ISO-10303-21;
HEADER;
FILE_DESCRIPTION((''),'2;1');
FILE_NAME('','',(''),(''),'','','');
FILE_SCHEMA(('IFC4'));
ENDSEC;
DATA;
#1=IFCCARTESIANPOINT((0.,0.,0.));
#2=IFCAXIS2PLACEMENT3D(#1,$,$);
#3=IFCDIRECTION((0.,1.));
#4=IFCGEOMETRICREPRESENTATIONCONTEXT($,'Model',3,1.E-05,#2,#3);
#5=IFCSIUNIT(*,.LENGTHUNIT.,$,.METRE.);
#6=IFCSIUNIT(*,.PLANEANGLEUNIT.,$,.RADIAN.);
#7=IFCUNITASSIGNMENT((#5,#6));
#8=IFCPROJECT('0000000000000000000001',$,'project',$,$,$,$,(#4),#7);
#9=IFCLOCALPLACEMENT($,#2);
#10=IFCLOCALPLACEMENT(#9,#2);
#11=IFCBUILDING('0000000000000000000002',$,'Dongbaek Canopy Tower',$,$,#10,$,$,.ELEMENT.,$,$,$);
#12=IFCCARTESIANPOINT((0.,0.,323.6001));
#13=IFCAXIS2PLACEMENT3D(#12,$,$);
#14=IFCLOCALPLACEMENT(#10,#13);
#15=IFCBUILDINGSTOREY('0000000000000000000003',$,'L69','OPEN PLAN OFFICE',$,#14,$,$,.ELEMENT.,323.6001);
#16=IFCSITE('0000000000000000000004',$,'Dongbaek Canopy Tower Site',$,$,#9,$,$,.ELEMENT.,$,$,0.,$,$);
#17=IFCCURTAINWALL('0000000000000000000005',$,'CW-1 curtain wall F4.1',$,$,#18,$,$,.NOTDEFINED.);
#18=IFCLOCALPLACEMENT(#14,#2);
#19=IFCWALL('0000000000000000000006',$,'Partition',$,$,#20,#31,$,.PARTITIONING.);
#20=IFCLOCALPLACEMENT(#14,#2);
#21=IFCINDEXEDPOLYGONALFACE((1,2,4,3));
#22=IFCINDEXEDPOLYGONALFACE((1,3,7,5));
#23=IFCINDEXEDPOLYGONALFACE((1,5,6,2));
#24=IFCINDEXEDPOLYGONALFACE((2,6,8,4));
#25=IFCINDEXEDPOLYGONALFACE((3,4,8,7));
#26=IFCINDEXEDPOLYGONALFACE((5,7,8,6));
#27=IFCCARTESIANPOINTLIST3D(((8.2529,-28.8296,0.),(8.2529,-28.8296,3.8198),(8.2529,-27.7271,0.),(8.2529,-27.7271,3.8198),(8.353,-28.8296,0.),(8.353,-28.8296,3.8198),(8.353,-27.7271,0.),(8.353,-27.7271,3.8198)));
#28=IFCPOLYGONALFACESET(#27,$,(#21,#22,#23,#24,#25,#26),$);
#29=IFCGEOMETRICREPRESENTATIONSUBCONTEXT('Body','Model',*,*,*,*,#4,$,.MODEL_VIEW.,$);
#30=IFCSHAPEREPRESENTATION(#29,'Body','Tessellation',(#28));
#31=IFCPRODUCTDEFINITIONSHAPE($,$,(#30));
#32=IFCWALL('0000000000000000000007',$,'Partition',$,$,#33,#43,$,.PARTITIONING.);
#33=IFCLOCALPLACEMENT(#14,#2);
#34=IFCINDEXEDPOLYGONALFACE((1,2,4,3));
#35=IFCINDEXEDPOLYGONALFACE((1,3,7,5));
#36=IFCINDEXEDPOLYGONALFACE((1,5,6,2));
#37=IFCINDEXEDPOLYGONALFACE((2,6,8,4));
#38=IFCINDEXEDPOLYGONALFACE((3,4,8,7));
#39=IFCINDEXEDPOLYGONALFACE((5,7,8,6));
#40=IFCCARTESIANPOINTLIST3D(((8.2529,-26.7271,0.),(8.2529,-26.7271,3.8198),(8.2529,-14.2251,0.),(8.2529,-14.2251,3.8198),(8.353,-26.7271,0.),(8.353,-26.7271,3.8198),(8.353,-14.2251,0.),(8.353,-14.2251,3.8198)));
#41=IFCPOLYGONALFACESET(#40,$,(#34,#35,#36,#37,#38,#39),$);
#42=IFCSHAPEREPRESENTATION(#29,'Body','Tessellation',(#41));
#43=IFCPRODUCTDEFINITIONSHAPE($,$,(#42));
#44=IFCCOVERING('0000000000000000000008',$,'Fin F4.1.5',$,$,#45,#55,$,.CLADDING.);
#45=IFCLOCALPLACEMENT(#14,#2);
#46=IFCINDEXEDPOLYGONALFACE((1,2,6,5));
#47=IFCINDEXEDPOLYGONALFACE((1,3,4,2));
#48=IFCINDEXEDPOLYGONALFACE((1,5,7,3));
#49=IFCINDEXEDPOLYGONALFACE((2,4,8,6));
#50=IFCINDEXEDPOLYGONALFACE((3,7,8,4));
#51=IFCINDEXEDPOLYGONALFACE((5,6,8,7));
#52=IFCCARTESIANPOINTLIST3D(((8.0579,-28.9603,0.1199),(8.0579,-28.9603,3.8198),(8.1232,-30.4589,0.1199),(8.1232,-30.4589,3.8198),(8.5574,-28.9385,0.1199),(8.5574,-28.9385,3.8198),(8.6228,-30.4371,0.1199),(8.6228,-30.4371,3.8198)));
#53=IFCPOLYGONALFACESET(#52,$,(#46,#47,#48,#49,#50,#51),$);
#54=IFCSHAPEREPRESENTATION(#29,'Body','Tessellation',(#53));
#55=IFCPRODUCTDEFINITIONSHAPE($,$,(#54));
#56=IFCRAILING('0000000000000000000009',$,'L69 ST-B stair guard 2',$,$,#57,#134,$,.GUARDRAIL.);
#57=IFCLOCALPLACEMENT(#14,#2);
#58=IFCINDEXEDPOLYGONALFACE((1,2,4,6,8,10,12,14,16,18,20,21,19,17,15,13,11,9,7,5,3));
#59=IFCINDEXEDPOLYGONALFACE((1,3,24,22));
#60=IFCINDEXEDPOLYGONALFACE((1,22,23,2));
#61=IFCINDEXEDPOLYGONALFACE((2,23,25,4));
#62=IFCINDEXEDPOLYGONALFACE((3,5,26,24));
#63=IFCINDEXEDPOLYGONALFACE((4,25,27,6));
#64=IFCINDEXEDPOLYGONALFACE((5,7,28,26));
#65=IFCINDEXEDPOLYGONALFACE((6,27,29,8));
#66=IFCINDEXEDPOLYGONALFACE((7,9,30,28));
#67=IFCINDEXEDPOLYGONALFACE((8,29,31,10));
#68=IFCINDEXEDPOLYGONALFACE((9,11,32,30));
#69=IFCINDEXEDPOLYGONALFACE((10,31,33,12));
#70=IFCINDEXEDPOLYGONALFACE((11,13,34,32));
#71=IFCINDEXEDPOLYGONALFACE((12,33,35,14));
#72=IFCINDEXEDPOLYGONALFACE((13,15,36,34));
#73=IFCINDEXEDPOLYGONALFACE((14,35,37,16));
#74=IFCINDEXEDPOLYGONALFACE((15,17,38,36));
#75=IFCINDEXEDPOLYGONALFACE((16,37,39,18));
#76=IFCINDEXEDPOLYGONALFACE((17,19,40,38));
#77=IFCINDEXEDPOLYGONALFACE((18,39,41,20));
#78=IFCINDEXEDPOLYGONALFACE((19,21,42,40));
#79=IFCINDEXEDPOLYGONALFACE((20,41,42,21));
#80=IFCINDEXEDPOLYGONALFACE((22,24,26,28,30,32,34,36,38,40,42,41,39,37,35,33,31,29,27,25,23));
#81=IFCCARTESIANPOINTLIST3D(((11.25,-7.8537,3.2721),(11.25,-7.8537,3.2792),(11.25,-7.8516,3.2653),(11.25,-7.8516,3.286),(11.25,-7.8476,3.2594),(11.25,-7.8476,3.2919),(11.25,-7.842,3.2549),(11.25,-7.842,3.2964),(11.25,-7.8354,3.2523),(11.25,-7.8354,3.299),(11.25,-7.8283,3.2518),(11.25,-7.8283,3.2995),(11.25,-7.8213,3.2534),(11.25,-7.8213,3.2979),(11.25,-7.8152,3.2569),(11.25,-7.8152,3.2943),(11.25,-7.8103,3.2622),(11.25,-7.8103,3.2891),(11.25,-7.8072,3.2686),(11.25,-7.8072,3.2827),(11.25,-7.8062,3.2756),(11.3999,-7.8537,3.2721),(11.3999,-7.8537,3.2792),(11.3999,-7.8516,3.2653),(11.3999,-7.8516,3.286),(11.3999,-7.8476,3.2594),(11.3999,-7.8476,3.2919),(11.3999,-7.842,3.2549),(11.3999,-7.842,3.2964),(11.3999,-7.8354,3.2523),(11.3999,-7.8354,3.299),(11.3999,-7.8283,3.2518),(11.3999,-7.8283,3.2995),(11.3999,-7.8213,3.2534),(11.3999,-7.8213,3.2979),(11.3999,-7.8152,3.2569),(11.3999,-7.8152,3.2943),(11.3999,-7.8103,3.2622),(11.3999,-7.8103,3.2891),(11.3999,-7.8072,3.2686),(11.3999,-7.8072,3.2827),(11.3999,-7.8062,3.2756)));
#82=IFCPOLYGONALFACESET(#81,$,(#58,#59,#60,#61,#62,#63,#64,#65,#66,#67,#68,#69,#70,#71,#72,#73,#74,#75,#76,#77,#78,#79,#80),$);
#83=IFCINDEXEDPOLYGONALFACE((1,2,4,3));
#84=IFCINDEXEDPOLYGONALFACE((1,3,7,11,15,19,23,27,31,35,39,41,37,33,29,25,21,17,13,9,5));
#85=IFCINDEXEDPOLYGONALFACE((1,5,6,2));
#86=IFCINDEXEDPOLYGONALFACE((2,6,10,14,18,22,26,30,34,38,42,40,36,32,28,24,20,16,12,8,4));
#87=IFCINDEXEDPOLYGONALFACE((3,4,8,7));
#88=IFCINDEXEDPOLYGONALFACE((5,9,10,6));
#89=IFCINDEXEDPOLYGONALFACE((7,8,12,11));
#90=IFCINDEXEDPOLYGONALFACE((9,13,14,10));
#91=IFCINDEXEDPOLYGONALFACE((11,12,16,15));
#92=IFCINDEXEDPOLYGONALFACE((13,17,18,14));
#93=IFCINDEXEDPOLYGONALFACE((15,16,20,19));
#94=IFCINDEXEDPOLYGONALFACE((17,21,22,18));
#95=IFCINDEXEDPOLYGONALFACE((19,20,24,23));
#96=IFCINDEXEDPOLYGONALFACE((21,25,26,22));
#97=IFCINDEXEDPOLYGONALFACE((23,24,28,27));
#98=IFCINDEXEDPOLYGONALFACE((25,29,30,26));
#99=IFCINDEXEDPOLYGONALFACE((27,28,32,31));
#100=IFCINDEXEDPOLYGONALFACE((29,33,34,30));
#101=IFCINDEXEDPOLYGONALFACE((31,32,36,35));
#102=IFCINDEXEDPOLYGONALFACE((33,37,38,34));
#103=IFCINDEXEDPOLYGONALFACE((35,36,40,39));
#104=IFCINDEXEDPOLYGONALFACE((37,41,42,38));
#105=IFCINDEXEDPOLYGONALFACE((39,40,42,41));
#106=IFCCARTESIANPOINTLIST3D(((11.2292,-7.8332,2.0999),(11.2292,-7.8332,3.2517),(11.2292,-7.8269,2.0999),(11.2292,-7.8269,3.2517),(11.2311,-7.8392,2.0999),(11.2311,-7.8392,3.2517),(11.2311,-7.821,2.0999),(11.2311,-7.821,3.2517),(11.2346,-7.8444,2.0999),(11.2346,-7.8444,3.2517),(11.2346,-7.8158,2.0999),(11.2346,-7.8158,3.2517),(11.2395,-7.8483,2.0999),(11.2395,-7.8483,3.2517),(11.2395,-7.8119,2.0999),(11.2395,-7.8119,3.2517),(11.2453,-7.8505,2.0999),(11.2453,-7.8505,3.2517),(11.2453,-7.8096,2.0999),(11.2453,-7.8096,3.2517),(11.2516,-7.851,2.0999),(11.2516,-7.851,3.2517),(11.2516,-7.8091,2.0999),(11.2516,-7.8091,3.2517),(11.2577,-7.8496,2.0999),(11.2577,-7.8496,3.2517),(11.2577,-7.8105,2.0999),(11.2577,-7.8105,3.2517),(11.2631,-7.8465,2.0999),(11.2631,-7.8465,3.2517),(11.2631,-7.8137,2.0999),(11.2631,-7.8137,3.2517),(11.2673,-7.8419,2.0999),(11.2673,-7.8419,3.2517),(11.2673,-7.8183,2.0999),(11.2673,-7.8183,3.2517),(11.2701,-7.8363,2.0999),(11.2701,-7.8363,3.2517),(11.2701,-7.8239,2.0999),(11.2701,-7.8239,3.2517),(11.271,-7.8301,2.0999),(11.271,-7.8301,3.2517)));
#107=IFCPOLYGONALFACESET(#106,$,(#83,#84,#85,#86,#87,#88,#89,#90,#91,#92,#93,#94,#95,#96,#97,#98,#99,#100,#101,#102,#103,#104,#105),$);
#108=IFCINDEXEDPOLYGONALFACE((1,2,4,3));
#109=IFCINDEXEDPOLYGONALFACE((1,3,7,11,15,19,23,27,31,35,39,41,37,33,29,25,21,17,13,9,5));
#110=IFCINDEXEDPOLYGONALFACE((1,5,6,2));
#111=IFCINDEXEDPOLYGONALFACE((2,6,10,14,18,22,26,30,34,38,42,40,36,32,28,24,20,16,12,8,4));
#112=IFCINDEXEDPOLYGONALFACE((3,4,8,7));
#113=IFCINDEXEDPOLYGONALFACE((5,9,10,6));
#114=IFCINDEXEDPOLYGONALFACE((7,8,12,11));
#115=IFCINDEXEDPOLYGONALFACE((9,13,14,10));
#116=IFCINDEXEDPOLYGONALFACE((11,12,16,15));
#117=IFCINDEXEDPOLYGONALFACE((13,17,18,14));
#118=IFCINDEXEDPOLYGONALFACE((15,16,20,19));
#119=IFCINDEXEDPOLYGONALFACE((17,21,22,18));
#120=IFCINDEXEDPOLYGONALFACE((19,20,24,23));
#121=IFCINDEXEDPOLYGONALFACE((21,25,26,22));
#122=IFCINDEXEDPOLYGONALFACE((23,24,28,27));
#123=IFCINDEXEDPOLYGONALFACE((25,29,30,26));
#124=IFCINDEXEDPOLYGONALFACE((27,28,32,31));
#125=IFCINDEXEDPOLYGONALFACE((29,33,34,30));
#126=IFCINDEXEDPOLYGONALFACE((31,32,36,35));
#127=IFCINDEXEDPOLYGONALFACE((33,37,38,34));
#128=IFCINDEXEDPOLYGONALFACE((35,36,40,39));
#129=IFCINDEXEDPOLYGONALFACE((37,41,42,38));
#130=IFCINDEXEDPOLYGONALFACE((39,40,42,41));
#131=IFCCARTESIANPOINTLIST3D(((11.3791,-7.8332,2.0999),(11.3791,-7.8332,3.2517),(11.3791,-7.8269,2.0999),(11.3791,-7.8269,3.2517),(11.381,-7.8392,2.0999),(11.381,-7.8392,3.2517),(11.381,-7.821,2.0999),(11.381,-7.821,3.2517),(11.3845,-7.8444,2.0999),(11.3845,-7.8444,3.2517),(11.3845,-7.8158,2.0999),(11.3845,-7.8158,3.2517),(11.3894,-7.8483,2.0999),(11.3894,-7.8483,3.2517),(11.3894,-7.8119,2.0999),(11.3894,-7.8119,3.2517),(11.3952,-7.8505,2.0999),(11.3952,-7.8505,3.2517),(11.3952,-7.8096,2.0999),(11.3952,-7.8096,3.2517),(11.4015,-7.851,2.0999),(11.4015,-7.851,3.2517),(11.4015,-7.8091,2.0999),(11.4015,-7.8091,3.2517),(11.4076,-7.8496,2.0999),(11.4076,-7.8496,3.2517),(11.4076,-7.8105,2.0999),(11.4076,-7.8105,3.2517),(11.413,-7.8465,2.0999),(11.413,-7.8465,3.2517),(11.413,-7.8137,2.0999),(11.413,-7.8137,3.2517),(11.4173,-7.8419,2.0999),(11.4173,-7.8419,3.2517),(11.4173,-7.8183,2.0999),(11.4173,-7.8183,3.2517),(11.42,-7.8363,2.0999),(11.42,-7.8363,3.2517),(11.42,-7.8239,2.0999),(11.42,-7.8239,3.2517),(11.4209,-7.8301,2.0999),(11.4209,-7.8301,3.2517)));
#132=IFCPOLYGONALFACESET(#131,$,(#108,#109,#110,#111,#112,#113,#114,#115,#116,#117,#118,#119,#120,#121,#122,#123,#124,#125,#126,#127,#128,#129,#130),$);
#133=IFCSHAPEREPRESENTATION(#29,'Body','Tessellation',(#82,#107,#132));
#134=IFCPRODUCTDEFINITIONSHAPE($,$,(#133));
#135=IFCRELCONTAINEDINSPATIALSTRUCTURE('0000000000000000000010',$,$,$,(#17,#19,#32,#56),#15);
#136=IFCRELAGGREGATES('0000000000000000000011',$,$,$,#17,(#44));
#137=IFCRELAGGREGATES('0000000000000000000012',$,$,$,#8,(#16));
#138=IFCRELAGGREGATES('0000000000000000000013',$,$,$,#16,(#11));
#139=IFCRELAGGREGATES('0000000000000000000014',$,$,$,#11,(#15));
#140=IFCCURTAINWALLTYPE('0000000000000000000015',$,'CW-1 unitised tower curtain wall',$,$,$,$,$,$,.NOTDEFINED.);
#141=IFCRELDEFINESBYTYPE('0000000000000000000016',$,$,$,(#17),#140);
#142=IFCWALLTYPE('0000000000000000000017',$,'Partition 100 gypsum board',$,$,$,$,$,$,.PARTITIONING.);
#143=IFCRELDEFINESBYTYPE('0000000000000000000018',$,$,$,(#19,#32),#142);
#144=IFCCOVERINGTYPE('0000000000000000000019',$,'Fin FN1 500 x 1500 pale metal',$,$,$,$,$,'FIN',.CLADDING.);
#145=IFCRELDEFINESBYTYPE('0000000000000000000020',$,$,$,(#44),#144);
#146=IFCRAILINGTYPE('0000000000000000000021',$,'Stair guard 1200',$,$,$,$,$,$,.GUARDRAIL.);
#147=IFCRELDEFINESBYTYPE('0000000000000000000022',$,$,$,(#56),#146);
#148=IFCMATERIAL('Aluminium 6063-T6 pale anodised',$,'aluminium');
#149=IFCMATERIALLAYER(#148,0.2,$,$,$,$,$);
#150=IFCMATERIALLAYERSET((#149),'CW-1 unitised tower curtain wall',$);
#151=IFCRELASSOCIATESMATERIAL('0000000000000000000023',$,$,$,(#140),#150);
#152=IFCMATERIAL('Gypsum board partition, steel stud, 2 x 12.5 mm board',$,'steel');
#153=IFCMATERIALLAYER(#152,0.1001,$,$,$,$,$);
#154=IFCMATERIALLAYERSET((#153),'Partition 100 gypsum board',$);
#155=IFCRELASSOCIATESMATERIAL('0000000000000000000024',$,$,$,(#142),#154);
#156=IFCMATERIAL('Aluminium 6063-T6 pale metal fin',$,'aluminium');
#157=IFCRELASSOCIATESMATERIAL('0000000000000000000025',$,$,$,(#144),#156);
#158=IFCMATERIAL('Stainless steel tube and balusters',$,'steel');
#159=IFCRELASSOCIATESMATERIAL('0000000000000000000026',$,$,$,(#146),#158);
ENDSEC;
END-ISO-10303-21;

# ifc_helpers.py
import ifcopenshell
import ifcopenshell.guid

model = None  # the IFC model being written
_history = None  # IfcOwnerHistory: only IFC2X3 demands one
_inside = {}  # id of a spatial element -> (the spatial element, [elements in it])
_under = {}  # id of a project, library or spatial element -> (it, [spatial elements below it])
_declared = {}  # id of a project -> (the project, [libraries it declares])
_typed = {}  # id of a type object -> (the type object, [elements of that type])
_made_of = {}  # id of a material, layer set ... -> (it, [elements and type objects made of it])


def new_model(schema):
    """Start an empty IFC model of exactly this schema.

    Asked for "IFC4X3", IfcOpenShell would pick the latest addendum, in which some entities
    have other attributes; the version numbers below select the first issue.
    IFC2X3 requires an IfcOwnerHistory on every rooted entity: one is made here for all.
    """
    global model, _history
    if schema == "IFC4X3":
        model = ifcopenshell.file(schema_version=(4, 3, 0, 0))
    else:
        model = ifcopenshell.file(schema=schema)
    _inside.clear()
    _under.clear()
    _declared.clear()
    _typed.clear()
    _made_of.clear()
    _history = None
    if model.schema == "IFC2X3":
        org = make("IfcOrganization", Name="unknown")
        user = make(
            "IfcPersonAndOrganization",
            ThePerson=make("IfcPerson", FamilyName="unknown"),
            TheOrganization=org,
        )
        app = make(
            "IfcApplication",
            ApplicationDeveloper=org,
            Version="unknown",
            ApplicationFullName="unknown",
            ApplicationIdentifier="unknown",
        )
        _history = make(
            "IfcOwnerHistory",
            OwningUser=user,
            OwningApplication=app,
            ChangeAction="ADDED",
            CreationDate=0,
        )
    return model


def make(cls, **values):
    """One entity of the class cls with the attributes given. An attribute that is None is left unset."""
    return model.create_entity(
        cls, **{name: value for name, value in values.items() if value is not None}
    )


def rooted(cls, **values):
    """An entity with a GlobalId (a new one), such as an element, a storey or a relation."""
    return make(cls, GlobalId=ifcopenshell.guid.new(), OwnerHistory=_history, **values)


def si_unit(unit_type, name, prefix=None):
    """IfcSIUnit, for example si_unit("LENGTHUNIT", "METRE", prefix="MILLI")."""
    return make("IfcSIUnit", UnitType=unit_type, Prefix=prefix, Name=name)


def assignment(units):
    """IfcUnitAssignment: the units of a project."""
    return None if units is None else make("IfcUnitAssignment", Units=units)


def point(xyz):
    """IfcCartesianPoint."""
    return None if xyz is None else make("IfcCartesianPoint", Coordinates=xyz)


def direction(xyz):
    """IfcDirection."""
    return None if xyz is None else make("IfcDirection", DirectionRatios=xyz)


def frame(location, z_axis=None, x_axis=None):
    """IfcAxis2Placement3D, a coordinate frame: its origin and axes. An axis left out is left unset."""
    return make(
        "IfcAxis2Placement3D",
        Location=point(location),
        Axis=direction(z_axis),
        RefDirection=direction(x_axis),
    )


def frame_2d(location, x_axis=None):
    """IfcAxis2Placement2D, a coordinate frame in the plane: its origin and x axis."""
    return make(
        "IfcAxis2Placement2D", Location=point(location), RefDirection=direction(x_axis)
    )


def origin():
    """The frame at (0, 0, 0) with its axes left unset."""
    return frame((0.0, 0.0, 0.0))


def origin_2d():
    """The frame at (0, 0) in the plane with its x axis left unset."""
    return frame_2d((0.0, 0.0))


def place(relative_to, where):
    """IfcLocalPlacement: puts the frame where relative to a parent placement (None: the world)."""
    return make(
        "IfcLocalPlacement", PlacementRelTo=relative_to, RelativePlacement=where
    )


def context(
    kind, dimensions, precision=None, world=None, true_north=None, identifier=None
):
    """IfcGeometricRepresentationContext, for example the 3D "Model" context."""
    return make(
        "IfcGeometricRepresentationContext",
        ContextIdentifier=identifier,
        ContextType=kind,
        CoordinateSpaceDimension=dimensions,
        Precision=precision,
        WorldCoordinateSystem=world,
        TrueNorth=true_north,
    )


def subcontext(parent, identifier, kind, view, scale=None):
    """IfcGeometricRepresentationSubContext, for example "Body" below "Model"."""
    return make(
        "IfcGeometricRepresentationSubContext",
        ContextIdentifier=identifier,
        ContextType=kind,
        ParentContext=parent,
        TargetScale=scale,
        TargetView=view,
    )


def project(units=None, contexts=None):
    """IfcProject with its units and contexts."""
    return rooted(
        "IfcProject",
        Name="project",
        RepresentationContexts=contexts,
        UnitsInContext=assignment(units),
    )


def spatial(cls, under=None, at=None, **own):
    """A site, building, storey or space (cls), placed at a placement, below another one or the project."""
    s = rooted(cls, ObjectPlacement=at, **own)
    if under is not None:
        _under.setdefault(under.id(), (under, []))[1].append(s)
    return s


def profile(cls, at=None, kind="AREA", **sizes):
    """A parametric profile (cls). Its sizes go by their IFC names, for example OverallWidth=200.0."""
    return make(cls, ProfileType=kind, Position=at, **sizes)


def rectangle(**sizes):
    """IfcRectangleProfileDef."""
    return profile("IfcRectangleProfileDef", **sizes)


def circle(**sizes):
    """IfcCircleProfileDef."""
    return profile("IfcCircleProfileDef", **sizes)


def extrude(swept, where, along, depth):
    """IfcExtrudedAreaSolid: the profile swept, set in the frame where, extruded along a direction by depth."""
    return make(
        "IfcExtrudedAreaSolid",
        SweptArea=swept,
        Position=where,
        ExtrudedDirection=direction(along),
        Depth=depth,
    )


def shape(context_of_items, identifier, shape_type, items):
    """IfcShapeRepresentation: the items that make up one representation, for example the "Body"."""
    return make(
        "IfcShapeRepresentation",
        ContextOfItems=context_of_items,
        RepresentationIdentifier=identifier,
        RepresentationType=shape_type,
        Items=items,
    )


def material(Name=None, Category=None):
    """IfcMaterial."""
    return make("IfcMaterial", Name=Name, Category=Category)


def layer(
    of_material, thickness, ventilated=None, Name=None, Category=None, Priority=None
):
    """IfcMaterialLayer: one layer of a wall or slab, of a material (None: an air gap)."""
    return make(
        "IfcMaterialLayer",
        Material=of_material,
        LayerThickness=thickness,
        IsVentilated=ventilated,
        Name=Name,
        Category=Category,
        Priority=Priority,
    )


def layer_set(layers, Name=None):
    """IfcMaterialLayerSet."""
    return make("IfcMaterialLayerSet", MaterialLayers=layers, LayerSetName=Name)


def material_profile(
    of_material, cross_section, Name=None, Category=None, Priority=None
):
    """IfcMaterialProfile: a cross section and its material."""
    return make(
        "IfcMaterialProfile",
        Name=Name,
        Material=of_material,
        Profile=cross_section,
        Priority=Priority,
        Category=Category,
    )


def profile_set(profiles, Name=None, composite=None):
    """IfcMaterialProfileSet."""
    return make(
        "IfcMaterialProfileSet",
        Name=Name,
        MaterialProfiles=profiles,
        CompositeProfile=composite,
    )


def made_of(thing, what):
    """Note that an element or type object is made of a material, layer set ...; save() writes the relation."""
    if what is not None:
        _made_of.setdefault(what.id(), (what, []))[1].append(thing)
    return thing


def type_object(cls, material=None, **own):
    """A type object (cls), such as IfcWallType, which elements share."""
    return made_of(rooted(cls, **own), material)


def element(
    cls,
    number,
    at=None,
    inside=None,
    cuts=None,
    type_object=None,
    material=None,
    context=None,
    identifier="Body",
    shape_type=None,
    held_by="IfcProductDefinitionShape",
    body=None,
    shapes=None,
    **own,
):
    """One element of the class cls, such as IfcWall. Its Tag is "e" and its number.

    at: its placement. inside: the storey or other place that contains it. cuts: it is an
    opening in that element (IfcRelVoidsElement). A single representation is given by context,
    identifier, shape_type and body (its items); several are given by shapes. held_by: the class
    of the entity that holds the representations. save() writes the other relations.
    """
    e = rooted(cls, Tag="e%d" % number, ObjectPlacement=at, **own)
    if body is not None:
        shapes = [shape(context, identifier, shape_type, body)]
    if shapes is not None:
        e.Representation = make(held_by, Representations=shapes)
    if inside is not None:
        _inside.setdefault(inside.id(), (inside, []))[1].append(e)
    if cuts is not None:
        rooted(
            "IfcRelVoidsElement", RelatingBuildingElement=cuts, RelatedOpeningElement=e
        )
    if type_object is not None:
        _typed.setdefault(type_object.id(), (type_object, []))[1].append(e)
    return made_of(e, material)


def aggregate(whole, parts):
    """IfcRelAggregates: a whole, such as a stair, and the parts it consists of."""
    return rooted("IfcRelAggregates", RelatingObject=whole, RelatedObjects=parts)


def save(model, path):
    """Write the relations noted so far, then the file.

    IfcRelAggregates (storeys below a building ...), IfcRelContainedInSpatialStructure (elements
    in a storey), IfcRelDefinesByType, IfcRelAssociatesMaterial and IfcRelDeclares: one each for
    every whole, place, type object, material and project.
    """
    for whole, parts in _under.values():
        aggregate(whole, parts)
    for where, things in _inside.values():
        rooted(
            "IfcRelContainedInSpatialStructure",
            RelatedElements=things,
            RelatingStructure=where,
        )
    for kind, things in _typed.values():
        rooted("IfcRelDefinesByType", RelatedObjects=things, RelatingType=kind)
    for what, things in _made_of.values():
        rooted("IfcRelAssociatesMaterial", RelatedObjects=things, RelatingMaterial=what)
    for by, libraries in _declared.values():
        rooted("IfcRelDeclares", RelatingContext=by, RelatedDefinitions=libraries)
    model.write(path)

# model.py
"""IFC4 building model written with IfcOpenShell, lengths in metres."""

from ifc_helpers import new_model, si_unit, direction, frame, frame_2d, origin, origin_2d, place, context, subcontext, project, spatial, rectangle, circle, extrude, material, layer, layer_set, material_profile, profile_set, type_object, element, aggregate, save


model = new_model("IFC4")

# Units and contexts
model_context = context("Model", 3, precision=1e-05, world=origin(), true_north=direction((0.0, 1.0)))
body_context = subcontext(model_context, "Body", "Model", "MODEL_VIEW")
ifc_project = project(units=[si_unit("LENGTHUNIT", "METRE"), si_unit("PLANEANGLEUNIT", "RADIAN")], contexts=[model_context])

# Site, building, storey
site_placement = place(None, origin())
site = spatial("IfcSite", under=ifc_project, at=site_placement, Name="Dongbaek Canopy Tower Site", CompositionType="ELEMENT", RefElevation=0.0)
building_placement = place(site_placement, origin())
building = spatial("IfcBuilding", under=site, at=building_placement, Name="Dongbaek Canopy Tower", CompositionType="ELEMENT")
storey_placement = place(building_placement, frame((0.0, 0.0, 323.6001)))
storey = spatial("IfcBuildingStorey", under=building, at=storey_placement, Name="L69", Description="OPEN PLAN OFFICE", CompositionType="ELEMENT", Elevation=323.6001)

# Curtain wall
ifc_material_1 = material(Name="Aluminium 6063-T6 pale anodised", Category="aluminium")
ifc_layer_1 = layer(ifc_material_1, 0.2)
ifc_layer_set_1 = layer_set([ifc_layer_1], Name="CW-1 unitised tower curtain wall")
curtain_wall_type = type_object("IfcCurtainWallType", Name="CW-1 unitised tower curtain wall", PredefinedType="NOTDEFINED", material=ifc_layer_set_1)
curtain_wall_placement = place(storey_placement, origin())
curtain_wall = element("IfcCurtainWall", 1, at=curtain_wall_placement, inside=storey, type_object=curtain_wall_type, Name="CW-1 curtain wall F4.1", PredefinedType="NOTDEFINED")

# Walls
ifc_material_2 = material(Name="Gypsum board partition, steel stud, 2 x 12.5 mm board", Category="steel")
ifc_layer_2 = layer(ifc_material_2, 0.1001)
ifc_layer_set_2 = layer_set([ifc_layer_2], Name="Partition 100 gypsum board")
wall_type_1 = type_object("IfcWallType", Name="Partition 100 gypsum board", PredefinedType="PARTITIONING", material=ifc_layer_set_2)
wall_1_placement = place(storey_placement, frame((8.303, -28.8296, 0.0), z_axis=(0.0, 0.0, 1.0), x_axis=(0.0, 1.0, 0.0)))
element("IfcWall", 2, at=wall_1_placement, inside=storey, type_object=wall_type_1, Name="Partition", PredefinedType="PARTITIONING", context=body_context, shape_type="SweptSolid", body=[
    extrude(rectangle(XDim=1.1025, YDim=0.1001, at=frame_2d((0.5513, 0.0))), origin(), (0.0, 0.0, 1.0), 3.8198),
])
wall_2_placement = place(storey_placement, frame((8.303, -26.7271, 0.0), z_axis=(0.0, 0.0, 1.0), x_axis=(0.0, 1.0, 0.0)))
element("IfcWall", 3, at=wall_2_placement, inside=storey, type_object=wall_type_1, Name="Partition", PredefinedType="PARTITIONING", context=body_context, shape_type="SweptSolid", body=[
    extrude(rectangle(XDim=12.502, YDim=0.1001, at=frame_2d((6.251, 0.0))), origin(), (0.0, 0.0, 1.0), 3.8198),
])

# Covering
ifc_material_3 = material(Name="Aluminium 6063-T6 pale metal fin", Category="aluminium")
ifc_material_profile_1 = material_profile(ifc_material_3, rectangle(XDim=1.5, YDim=0.5, at=origin_2d()), Name="Fin FN1 500 x 1500 pale metal")
ifc_profile_set_1 = profile_set([ifc_material_profile_1], Name="Aluminium 6063-T6 pale metal fin")
covering_type = type_object("IfcCoveringType", Name="Fin FN1 500 x 1500 pale metal", ElementType="FIN", PredefinedType="CLADDING", material=ifc_profile_set_1)
covering_placement = place(storey_placement, frame((8.3403, -29.6987, 0.1199), z_axis=(0.0, 0.0, 1.0), x_axis=(0.043572, -0.99905, 0.0)))
covering = element("IfcCovering", 4, at=covering_placement, type_object=covering_type, Name="Fin F4.1.5", PredefinedType="CLADDING", context=body_context, shape_type="SweptSolid", body=[
    extrude(rectangle(XDim=1.5, YDim=0.5, at=origin_2d()), origin(), (0.0, 0.0, 1.0), 3.7),
])
aggregate(curtain_wall, [covering])

# Railing
ifc_material_4 = material(Name="Stainless steel tube and balusters", Category="steel")
railing_type_1 = type_object("IfcRailingType", Name="Stair guard 1200", PredefinedType="GUARDRAIL", material=ifc_material_4)
railing_1_placement = place(storey_placement, frame((11.25, -7.8301, 2.0999)))
element("IfcRailing", 5, at=railing_1_placement, inside=storey, type_object=railing_type_1, Name="L69 ST-B stair guard 2", PredefinedType="GUARDRAIL", context=body_context, shape_type="SweptSolid", body=[
    extrude(circle(Radius=0.0239, at=origin_2d()), frame((0.0, 0.0, 1.1758), z_axis=(1.0, 0.0, 0.0), x_axis=(0.0, 1.0, 0.0)), (0.0, 0.0, 1.0), 0.1499),
    extrude(circle(Radius=0.021, at=origin_2d()), origin(), (0.0, 0.0, 1.0), 1.1519),
    extrude(circle(Radius=0.021, at=origin_2d()), frame((0.1499, 0.0, 0.0)), (0.0, 0.0, 1.0), 1.1519),
])

save(model, "model.ifc")
